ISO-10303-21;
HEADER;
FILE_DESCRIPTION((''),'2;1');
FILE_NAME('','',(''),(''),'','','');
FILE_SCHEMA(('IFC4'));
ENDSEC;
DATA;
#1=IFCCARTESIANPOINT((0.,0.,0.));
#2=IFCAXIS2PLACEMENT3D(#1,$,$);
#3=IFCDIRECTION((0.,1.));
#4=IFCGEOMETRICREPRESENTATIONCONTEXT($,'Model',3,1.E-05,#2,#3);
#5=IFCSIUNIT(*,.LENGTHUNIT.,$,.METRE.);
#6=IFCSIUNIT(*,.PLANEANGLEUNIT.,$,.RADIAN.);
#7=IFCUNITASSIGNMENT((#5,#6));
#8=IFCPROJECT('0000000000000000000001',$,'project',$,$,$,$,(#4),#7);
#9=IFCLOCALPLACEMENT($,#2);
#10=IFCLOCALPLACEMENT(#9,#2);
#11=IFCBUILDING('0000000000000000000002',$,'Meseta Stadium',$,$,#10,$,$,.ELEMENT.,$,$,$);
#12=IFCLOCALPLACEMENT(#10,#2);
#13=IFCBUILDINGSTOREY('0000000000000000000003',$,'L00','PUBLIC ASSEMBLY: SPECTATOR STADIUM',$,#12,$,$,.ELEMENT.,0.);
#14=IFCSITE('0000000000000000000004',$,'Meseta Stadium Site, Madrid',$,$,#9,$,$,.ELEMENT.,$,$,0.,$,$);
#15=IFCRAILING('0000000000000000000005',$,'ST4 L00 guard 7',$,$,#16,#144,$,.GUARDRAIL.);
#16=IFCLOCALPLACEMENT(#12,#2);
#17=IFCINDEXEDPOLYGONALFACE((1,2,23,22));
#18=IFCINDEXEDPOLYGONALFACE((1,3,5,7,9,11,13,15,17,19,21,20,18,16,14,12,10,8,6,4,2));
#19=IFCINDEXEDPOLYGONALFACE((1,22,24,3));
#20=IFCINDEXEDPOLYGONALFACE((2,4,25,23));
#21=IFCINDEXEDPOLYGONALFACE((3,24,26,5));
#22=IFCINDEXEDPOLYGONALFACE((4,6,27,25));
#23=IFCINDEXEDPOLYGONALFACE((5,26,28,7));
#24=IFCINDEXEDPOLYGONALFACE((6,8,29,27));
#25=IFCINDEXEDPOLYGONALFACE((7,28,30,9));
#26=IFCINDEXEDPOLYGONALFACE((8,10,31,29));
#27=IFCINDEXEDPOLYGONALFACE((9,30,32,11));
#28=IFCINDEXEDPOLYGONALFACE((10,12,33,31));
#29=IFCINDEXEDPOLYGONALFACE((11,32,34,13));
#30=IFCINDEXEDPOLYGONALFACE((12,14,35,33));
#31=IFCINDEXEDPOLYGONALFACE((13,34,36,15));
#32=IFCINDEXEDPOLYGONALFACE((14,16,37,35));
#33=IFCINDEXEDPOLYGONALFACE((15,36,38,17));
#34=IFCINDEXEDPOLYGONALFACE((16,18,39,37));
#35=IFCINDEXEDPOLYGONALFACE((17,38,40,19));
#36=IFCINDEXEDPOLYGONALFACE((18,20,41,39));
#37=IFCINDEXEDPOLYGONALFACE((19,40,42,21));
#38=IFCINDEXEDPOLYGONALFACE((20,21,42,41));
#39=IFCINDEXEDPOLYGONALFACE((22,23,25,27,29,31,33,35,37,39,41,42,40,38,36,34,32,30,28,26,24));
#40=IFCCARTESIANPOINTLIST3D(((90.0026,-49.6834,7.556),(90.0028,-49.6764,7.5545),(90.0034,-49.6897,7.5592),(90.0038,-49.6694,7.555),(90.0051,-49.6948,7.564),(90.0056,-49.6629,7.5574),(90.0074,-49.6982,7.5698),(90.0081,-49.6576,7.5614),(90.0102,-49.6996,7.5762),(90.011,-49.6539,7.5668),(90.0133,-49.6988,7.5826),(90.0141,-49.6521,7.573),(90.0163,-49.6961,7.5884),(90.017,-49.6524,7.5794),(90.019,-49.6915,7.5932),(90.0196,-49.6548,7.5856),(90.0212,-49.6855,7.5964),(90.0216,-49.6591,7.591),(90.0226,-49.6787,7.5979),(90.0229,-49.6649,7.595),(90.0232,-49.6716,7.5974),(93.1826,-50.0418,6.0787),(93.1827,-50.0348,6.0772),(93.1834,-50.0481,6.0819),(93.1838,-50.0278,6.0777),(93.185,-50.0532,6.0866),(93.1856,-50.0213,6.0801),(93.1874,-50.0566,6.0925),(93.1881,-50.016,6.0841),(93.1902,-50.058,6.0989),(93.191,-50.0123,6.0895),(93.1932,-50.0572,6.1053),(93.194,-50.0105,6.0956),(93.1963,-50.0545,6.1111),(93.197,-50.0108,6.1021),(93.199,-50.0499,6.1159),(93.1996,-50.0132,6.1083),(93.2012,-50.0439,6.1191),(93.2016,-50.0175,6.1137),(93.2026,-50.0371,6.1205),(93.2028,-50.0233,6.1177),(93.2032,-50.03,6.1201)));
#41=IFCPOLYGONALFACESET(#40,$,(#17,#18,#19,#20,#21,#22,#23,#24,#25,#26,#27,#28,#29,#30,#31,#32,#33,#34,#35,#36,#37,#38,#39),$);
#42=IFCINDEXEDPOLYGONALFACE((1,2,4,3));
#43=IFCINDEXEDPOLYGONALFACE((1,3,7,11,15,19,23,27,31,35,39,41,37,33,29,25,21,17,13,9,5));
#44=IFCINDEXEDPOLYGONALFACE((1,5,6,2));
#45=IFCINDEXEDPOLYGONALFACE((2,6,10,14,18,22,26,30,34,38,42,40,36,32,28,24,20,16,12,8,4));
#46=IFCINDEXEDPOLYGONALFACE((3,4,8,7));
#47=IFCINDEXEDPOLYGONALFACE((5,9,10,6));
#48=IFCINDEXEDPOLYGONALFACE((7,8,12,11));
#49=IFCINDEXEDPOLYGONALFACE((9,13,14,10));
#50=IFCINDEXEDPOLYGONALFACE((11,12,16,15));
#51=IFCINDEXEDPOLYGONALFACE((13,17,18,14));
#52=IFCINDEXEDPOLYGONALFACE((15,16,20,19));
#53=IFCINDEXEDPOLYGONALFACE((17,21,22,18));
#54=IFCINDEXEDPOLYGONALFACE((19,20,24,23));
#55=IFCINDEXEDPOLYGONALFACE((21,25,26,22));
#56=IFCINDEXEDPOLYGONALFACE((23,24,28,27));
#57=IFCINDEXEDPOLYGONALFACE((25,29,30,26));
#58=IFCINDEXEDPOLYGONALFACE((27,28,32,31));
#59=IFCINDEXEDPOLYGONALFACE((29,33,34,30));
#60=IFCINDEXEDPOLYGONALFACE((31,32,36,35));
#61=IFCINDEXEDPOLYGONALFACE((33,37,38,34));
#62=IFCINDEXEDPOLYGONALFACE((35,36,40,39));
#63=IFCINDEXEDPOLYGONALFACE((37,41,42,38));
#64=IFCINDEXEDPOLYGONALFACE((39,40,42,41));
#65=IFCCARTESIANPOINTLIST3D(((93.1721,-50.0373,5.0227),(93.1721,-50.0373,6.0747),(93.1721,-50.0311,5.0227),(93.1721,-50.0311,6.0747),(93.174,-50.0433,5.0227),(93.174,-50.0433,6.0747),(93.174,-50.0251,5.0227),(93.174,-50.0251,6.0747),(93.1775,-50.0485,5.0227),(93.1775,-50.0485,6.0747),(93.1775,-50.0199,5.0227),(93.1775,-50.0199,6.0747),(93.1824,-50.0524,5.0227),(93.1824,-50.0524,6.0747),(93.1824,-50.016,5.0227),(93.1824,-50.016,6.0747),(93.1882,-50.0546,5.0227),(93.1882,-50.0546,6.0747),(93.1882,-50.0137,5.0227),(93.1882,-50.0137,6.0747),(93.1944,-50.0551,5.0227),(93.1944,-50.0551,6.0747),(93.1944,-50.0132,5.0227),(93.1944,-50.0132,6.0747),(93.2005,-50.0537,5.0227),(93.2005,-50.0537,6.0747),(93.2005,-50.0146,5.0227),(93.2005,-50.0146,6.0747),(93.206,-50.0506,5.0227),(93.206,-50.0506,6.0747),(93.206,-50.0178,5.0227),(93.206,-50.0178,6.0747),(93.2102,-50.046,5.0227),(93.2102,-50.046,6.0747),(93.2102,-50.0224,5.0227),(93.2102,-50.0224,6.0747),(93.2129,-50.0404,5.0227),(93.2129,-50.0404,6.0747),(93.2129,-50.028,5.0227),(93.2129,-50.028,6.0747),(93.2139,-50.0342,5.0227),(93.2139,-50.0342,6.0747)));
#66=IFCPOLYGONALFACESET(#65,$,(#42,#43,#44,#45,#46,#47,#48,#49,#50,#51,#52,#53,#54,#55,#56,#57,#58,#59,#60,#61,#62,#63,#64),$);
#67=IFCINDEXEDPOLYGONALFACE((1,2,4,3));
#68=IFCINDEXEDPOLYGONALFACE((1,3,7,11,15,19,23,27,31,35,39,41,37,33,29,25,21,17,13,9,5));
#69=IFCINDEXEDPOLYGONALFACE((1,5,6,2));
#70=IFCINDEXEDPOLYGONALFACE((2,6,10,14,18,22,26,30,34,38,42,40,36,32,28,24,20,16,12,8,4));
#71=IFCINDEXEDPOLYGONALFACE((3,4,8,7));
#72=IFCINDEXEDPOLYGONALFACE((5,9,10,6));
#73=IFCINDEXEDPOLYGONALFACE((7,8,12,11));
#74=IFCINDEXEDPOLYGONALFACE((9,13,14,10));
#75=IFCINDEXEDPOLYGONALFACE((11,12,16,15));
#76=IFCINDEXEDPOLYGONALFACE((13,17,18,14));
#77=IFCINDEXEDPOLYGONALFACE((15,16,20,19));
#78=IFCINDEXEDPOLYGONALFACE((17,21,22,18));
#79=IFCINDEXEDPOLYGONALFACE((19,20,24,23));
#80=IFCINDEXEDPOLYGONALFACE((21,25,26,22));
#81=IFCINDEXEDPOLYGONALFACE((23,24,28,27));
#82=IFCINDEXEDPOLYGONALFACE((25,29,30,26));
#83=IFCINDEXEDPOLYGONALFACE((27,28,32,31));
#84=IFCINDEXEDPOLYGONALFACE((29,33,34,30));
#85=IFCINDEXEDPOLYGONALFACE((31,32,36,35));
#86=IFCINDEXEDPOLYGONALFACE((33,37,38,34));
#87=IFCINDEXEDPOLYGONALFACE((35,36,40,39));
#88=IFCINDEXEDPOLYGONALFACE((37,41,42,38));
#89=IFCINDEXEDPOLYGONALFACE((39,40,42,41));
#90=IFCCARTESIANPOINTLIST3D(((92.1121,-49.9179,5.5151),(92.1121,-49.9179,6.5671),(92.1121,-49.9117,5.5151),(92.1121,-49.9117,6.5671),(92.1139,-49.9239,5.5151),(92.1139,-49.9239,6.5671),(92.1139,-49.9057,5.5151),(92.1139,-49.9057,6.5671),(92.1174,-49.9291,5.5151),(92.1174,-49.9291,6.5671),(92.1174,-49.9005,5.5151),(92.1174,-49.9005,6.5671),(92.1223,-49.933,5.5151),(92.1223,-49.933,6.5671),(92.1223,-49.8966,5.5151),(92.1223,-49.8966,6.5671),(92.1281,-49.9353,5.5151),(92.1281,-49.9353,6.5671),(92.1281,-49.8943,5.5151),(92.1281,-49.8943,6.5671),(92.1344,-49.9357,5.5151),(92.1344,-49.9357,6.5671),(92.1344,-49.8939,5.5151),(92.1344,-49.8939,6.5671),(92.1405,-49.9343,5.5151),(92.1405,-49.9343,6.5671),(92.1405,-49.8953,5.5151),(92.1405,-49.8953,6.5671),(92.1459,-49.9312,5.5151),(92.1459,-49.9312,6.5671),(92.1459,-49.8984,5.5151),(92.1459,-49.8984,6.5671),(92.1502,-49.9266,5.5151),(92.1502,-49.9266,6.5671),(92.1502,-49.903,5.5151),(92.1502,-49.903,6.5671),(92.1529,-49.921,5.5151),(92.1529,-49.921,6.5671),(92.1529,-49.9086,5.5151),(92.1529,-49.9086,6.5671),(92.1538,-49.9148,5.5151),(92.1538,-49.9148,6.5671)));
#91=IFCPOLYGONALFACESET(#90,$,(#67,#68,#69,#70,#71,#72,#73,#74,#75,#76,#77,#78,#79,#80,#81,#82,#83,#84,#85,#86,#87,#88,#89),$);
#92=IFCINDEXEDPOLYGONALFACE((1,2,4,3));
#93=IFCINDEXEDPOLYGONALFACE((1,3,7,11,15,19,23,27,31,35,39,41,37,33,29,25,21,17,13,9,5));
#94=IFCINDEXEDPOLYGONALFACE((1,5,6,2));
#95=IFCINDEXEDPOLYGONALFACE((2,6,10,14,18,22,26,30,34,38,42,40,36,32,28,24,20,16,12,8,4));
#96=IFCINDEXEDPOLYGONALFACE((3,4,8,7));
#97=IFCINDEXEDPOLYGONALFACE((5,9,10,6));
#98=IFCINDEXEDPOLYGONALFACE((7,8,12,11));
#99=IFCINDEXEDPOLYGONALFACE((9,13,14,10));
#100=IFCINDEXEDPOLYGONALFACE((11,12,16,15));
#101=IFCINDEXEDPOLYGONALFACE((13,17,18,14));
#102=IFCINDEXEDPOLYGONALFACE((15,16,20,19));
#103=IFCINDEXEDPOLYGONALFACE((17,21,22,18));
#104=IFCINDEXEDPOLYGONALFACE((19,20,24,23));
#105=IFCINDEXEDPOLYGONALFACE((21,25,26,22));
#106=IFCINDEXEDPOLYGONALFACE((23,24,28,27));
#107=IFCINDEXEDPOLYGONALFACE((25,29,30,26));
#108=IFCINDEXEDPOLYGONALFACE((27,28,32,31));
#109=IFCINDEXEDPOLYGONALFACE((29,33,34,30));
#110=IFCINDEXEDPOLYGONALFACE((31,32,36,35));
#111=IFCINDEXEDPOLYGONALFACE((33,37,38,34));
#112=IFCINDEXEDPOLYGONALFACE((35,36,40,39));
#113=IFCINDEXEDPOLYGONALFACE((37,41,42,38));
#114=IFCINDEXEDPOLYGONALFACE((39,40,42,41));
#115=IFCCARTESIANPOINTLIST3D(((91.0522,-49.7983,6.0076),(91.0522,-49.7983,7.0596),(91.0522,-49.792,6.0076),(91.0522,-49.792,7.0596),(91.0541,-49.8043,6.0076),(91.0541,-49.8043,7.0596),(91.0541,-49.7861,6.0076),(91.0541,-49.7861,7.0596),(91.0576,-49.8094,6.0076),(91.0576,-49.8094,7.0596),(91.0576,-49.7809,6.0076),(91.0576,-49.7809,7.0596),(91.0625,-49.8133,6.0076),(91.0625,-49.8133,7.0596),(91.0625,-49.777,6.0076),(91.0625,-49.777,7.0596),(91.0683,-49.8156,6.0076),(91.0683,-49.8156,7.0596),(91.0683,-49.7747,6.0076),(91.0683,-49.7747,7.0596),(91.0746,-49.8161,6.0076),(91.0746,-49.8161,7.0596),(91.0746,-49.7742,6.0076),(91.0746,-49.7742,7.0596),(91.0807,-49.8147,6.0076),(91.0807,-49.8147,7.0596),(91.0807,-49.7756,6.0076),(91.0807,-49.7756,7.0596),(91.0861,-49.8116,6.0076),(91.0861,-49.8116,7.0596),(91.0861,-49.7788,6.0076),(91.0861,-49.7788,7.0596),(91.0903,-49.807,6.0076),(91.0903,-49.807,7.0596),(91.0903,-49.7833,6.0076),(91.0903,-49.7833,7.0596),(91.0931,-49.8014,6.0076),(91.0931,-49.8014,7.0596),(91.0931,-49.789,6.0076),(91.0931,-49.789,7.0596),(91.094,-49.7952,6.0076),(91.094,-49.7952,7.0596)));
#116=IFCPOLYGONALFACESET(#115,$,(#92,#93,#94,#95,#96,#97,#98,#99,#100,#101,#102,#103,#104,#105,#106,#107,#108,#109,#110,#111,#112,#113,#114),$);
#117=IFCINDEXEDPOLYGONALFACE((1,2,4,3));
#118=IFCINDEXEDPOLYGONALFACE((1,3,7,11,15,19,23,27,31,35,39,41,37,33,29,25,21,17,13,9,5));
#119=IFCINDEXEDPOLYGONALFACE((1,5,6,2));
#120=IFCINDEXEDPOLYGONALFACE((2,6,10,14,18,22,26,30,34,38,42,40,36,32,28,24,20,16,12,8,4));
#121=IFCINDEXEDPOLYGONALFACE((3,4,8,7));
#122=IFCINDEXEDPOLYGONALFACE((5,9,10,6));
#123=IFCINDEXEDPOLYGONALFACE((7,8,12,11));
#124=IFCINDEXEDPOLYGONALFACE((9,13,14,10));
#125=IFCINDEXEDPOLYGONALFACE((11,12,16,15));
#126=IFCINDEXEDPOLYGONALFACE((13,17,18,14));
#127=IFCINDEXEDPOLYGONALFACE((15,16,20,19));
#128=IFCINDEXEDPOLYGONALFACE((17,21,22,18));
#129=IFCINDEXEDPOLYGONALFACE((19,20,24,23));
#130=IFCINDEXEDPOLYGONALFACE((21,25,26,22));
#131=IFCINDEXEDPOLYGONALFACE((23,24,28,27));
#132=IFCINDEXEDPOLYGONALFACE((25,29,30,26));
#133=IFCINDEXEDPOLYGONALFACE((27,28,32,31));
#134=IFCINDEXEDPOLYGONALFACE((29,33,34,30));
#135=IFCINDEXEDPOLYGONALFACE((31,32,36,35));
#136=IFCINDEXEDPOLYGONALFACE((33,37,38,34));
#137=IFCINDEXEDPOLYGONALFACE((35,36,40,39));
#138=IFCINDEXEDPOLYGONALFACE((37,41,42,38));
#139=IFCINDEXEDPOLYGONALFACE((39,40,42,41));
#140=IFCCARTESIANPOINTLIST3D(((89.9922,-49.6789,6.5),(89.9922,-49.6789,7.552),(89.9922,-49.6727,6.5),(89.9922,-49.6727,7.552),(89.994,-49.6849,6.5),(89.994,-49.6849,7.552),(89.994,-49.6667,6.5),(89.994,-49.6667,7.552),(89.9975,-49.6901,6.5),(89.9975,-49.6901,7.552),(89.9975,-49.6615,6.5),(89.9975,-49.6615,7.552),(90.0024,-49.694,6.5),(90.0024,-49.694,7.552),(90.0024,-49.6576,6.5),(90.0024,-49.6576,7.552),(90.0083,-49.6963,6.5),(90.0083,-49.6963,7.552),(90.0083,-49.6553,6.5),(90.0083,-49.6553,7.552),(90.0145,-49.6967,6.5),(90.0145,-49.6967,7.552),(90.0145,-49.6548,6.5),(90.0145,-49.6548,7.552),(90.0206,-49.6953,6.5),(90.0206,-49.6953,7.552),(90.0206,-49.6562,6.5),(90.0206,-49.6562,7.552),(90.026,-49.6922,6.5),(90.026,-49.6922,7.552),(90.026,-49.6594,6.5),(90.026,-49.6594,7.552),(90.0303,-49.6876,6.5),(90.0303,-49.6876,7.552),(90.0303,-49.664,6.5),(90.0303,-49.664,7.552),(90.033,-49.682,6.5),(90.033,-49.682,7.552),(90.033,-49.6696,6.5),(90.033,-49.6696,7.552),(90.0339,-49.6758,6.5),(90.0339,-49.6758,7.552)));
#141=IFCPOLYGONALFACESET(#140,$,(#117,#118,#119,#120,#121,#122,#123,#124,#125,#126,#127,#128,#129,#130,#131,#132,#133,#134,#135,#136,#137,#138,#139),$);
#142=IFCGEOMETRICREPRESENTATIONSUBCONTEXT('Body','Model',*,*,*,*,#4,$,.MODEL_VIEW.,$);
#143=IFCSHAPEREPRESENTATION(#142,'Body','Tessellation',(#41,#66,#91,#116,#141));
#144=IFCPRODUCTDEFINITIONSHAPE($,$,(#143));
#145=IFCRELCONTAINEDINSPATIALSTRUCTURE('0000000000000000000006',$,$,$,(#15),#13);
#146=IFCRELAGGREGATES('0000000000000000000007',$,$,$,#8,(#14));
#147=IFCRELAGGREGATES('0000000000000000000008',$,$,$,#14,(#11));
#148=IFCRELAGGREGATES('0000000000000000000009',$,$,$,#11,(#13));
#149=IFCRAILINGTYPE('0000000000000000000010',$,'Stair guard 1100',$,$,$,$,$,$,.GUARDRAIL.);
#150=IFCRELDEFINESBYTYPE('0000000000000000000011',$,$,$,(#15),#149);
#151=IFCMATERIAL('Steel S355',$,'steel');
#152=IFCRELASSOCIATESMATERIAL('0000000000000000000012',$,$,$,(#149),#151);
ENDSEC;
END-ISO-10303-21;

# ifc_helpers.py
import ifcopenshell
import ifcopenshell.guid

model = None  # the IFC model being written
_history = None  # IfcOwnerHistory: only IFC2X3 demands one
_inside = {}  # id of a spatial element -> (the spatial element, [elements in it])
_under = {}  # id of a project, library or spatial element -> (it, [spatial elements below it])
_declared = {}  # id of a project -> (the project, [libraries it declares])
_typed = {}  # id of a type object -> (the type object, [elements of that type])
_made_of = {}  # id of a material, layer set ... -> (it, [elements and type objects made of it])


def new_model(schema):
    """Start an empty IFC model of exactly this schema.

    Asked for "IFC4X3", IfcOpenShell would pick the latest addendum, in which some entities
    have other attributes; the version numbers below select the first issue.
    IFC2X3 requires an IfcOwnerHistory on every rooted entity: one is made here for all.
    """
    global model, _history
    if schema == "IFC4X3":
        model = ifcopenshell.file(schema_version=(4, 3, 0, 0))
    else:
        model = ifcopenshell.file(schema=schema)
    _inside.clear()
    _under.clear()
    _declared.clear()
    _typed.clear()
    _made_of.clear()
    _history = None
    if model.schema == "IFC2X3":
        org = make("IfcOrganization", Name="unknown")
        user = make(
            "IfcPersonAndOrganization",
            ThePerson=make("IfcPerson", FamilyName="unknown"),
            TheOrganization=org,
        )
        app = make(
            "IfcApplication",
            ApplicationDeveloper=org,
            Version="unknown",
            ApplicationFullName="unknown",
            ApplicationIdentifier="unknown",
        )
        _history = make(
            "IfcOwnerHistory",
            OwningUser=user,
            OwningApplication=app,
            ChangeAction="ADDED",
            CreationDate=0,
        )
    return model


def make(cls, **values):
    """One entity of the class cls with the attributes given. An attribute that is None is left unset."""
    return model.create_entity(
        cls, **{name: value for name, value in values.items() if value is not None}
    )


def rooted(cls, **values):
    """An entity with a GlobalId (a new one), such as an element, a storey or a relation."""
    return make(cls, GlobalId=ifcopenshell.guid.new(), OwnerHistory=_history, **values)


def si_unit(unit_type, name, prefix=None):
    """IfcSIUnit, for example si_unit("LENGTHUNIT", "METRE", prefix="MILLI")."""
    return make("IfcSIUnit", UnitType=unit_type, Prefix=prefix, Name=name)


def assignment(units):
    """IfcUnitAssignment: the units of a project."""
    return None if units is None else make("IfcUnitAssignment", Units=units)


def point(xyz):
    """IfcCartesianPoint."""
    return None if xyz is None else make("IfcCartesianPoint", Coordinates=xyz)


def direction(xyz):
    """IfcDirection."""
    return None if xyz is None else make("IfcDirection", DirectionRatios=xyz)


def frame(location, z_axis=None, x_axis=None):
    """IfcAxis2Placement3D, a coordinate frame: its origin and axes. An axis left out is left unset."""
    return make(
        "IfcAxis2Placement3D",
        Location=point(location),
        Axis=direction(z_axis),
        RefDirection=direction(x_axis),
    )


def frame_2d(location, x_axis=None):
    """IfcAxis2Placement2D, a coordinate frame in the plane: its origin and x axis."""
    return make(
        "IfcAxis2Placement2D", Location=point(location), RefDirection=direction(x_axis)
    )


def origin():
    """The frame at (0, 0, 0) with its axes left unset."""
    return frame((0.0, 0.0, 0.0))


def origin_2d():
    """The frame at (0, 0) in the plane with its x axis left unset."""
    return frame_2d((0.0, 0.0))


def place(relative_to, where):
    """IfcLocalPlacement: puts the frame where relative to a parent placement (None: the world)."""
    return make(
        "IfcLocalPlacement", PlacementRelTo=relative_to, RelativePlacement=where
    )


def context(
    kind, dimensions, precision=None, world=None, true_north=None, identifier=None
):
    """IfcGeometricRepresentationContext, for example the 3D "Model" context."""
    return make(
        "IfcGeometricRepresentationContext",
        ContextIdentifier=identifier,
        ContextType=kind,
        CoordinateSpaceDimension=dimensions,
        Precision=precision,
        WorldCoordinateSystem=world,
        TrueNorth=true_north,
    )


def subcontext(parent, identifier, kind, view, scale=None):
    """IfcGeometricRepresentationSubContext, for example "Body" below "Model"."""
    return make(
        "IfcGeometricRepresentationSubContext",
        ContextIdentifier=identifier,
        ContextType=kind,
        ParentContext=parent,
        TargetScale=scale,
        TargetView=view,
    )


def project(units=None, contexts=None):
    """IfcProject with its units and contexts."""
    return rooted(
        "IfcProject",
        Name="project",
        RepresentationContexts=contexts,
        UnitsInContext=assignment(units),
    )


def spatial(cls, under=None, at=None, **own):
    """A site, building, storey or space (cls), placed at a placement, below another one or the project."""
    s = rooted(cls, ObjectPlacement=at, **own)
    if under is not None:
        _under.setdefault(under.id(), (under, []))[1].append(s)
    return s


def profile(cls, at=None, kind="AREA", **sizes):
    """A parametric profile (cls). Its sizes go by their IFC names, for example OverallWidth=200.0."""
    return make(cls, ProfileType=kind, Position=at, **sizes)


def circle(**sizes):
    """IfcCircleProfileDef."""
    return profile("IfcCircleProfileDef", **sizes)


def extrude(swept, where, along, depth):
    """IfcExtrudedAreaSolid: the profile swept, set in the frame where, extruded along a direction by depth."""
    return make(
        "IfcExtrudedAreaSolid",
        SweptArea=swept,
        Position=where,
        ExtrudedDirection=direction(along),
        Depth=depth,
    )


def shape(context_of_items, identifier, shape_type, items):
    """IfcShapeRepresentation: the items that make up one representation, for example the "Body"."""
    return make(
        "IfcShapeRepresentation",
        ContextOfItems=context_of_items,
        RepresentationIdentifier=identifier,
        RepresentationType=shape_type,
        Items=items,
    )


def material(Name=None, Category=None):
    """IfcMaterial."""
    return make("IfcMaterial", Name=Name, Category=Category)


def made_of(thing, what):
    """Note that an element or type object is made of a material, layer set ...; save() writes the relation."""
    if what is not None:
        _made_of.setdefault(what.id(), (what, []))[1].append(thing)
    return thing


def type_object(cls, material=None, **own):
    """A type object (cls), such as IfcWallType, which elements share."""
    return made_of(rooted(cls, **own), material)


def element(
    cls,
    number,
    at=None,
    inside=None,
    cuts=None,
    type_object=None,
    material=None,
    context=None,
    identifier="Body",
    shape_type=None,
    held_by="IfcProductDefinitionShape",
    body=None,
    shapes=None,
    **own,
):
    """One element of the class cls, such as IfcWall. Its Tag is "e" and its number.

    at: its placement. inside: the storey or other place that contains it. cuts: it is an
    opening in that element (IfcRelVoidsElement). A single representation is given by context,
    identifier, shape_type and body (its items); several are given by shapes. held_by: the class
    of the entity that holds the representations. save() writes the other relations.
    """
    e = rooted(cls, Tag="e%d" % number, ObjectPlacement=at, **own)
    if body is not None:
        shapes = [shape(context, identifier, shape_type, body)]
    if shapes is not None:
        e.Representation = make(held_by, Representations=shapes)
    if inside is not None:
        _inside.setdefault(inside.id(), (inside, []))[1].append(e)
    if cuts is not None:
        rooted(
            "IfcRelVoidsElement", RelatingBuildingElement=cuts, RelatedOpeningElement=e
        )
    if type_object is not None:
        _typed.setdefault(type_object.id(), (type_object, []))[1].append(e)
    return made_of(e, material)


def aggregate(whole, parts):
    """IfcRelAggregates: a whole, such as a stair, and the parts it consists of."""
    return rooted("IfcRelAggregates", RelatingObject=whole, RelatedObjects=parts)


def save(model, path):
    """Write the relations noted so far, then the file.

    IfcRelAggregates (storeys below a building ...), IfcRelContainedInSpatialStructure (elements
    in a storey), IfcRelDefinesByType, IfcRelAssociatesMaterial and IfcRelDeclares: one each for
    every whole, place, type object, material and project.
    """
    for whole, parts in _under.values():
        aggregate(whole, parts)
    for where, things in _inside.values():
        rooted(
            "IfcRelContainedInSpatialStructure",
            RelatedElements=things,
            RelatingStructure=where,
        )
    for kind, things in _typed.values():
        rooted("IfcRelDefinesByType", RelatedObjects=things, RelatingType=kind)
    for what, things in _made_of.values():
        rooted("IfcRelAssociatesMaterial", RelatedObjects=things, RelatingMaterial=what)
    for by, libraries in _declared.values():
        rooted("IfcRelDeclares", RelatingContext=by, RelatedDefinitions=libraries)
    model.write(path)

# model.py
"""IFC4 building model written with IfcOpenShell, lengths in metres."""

from ifc_helpers import new_model, si_unit, direction, frame, origin, origin_2d, place, context, subcontext, project, spatial, circle, extrude, material, type_object, element, save


model = new_model("IFC4")

# Units and contexts
model_context = context("Model", 3, precision=1e-05, world=origin(), true_north=direction((0.0, 1.0)))
body_context = subcontext(model_context, "Body", "Model", "MODEL_VIEW")
ifc_project = project(units=[si_unit("LENGTHUNIT", "METRE"), si_unit("PLANEANGLEUNIT", "RADIAN")], contexts=[model_context])

# Site, building, storey
site_placement = place(None, origin())
site = spatial("IfcSite", under=ifc_project, at=site_placement, Name="Meseta Stadium Site, Madrid", CompositionType="ELEMENT", RefElevation=0.0)
building_placement = place(site_placement, origin())
building = spatial("IfcBuilding", under=site, at=building_placement, Name="Meseta Stadium", CompositionType="ELEMENT")
storey_placement = place(building_placement, origin())
storey = spatial("IfcBuildingStorey", under=building, at=storey_placement, Name="L00", Description="PUBLIC ASSEMBLY: SPECTATOR STADIUM", CompositionType="ELEMENT", Elevation=0.0)

# Railing
ifc_material_1 = material(Name="Steel S355", Category="steel")
railing_type_1 = type_object("IfcRailingType", Name="Stair guard 1100", PredefinedType="GUARDRAIL", material=ifc_material_1)
railing_1_placement = place(storey_placement, frame((93.1929, -50.0342, 5.0227)))
element("IfcRailing", 1, at=railing_1_placement, inside=storey, type_object=railing_type_1, Name="ST4 L00 guard 7", PredefinedType="GUARDRAIL", context=body_context, shape_type="SweptSolid", body=[
    extrude(circle(Radius=0.0239, at=origin_2d()), frame((0.0, 0.0, 1.0762), z_axis=(-0.90221, 0.101685, 0.419138), x_axis=(-0.111997, -0.993709, 0.0)), (0.0, 0.0, 1.0), 3.5247),
    extrude(circle(Radius=0.021, at=origin_2d()), origin(), (0.0, 0.0, 1.0), 1.052),
    extrude(circle(Radius=0.021, at=origin_2d()), frame((-1.0601, 0.1194, 0.4924)), (0.0, 0.0, 1.0), 1.052),
    extrude(circle(Radius=0.021, at=origin_2d()), frame((-2.1199, 0.239, 0.9849)), (0.0, 0.0, 1.0), 1.052),
    extrude(circle(Radius=0.021, at=origin_2d()), frame((-3.1799, 0.3584, 1.4773)), (0.0, 0.0, 1.0), 1.052),
])

save(model, "model.ifc")
